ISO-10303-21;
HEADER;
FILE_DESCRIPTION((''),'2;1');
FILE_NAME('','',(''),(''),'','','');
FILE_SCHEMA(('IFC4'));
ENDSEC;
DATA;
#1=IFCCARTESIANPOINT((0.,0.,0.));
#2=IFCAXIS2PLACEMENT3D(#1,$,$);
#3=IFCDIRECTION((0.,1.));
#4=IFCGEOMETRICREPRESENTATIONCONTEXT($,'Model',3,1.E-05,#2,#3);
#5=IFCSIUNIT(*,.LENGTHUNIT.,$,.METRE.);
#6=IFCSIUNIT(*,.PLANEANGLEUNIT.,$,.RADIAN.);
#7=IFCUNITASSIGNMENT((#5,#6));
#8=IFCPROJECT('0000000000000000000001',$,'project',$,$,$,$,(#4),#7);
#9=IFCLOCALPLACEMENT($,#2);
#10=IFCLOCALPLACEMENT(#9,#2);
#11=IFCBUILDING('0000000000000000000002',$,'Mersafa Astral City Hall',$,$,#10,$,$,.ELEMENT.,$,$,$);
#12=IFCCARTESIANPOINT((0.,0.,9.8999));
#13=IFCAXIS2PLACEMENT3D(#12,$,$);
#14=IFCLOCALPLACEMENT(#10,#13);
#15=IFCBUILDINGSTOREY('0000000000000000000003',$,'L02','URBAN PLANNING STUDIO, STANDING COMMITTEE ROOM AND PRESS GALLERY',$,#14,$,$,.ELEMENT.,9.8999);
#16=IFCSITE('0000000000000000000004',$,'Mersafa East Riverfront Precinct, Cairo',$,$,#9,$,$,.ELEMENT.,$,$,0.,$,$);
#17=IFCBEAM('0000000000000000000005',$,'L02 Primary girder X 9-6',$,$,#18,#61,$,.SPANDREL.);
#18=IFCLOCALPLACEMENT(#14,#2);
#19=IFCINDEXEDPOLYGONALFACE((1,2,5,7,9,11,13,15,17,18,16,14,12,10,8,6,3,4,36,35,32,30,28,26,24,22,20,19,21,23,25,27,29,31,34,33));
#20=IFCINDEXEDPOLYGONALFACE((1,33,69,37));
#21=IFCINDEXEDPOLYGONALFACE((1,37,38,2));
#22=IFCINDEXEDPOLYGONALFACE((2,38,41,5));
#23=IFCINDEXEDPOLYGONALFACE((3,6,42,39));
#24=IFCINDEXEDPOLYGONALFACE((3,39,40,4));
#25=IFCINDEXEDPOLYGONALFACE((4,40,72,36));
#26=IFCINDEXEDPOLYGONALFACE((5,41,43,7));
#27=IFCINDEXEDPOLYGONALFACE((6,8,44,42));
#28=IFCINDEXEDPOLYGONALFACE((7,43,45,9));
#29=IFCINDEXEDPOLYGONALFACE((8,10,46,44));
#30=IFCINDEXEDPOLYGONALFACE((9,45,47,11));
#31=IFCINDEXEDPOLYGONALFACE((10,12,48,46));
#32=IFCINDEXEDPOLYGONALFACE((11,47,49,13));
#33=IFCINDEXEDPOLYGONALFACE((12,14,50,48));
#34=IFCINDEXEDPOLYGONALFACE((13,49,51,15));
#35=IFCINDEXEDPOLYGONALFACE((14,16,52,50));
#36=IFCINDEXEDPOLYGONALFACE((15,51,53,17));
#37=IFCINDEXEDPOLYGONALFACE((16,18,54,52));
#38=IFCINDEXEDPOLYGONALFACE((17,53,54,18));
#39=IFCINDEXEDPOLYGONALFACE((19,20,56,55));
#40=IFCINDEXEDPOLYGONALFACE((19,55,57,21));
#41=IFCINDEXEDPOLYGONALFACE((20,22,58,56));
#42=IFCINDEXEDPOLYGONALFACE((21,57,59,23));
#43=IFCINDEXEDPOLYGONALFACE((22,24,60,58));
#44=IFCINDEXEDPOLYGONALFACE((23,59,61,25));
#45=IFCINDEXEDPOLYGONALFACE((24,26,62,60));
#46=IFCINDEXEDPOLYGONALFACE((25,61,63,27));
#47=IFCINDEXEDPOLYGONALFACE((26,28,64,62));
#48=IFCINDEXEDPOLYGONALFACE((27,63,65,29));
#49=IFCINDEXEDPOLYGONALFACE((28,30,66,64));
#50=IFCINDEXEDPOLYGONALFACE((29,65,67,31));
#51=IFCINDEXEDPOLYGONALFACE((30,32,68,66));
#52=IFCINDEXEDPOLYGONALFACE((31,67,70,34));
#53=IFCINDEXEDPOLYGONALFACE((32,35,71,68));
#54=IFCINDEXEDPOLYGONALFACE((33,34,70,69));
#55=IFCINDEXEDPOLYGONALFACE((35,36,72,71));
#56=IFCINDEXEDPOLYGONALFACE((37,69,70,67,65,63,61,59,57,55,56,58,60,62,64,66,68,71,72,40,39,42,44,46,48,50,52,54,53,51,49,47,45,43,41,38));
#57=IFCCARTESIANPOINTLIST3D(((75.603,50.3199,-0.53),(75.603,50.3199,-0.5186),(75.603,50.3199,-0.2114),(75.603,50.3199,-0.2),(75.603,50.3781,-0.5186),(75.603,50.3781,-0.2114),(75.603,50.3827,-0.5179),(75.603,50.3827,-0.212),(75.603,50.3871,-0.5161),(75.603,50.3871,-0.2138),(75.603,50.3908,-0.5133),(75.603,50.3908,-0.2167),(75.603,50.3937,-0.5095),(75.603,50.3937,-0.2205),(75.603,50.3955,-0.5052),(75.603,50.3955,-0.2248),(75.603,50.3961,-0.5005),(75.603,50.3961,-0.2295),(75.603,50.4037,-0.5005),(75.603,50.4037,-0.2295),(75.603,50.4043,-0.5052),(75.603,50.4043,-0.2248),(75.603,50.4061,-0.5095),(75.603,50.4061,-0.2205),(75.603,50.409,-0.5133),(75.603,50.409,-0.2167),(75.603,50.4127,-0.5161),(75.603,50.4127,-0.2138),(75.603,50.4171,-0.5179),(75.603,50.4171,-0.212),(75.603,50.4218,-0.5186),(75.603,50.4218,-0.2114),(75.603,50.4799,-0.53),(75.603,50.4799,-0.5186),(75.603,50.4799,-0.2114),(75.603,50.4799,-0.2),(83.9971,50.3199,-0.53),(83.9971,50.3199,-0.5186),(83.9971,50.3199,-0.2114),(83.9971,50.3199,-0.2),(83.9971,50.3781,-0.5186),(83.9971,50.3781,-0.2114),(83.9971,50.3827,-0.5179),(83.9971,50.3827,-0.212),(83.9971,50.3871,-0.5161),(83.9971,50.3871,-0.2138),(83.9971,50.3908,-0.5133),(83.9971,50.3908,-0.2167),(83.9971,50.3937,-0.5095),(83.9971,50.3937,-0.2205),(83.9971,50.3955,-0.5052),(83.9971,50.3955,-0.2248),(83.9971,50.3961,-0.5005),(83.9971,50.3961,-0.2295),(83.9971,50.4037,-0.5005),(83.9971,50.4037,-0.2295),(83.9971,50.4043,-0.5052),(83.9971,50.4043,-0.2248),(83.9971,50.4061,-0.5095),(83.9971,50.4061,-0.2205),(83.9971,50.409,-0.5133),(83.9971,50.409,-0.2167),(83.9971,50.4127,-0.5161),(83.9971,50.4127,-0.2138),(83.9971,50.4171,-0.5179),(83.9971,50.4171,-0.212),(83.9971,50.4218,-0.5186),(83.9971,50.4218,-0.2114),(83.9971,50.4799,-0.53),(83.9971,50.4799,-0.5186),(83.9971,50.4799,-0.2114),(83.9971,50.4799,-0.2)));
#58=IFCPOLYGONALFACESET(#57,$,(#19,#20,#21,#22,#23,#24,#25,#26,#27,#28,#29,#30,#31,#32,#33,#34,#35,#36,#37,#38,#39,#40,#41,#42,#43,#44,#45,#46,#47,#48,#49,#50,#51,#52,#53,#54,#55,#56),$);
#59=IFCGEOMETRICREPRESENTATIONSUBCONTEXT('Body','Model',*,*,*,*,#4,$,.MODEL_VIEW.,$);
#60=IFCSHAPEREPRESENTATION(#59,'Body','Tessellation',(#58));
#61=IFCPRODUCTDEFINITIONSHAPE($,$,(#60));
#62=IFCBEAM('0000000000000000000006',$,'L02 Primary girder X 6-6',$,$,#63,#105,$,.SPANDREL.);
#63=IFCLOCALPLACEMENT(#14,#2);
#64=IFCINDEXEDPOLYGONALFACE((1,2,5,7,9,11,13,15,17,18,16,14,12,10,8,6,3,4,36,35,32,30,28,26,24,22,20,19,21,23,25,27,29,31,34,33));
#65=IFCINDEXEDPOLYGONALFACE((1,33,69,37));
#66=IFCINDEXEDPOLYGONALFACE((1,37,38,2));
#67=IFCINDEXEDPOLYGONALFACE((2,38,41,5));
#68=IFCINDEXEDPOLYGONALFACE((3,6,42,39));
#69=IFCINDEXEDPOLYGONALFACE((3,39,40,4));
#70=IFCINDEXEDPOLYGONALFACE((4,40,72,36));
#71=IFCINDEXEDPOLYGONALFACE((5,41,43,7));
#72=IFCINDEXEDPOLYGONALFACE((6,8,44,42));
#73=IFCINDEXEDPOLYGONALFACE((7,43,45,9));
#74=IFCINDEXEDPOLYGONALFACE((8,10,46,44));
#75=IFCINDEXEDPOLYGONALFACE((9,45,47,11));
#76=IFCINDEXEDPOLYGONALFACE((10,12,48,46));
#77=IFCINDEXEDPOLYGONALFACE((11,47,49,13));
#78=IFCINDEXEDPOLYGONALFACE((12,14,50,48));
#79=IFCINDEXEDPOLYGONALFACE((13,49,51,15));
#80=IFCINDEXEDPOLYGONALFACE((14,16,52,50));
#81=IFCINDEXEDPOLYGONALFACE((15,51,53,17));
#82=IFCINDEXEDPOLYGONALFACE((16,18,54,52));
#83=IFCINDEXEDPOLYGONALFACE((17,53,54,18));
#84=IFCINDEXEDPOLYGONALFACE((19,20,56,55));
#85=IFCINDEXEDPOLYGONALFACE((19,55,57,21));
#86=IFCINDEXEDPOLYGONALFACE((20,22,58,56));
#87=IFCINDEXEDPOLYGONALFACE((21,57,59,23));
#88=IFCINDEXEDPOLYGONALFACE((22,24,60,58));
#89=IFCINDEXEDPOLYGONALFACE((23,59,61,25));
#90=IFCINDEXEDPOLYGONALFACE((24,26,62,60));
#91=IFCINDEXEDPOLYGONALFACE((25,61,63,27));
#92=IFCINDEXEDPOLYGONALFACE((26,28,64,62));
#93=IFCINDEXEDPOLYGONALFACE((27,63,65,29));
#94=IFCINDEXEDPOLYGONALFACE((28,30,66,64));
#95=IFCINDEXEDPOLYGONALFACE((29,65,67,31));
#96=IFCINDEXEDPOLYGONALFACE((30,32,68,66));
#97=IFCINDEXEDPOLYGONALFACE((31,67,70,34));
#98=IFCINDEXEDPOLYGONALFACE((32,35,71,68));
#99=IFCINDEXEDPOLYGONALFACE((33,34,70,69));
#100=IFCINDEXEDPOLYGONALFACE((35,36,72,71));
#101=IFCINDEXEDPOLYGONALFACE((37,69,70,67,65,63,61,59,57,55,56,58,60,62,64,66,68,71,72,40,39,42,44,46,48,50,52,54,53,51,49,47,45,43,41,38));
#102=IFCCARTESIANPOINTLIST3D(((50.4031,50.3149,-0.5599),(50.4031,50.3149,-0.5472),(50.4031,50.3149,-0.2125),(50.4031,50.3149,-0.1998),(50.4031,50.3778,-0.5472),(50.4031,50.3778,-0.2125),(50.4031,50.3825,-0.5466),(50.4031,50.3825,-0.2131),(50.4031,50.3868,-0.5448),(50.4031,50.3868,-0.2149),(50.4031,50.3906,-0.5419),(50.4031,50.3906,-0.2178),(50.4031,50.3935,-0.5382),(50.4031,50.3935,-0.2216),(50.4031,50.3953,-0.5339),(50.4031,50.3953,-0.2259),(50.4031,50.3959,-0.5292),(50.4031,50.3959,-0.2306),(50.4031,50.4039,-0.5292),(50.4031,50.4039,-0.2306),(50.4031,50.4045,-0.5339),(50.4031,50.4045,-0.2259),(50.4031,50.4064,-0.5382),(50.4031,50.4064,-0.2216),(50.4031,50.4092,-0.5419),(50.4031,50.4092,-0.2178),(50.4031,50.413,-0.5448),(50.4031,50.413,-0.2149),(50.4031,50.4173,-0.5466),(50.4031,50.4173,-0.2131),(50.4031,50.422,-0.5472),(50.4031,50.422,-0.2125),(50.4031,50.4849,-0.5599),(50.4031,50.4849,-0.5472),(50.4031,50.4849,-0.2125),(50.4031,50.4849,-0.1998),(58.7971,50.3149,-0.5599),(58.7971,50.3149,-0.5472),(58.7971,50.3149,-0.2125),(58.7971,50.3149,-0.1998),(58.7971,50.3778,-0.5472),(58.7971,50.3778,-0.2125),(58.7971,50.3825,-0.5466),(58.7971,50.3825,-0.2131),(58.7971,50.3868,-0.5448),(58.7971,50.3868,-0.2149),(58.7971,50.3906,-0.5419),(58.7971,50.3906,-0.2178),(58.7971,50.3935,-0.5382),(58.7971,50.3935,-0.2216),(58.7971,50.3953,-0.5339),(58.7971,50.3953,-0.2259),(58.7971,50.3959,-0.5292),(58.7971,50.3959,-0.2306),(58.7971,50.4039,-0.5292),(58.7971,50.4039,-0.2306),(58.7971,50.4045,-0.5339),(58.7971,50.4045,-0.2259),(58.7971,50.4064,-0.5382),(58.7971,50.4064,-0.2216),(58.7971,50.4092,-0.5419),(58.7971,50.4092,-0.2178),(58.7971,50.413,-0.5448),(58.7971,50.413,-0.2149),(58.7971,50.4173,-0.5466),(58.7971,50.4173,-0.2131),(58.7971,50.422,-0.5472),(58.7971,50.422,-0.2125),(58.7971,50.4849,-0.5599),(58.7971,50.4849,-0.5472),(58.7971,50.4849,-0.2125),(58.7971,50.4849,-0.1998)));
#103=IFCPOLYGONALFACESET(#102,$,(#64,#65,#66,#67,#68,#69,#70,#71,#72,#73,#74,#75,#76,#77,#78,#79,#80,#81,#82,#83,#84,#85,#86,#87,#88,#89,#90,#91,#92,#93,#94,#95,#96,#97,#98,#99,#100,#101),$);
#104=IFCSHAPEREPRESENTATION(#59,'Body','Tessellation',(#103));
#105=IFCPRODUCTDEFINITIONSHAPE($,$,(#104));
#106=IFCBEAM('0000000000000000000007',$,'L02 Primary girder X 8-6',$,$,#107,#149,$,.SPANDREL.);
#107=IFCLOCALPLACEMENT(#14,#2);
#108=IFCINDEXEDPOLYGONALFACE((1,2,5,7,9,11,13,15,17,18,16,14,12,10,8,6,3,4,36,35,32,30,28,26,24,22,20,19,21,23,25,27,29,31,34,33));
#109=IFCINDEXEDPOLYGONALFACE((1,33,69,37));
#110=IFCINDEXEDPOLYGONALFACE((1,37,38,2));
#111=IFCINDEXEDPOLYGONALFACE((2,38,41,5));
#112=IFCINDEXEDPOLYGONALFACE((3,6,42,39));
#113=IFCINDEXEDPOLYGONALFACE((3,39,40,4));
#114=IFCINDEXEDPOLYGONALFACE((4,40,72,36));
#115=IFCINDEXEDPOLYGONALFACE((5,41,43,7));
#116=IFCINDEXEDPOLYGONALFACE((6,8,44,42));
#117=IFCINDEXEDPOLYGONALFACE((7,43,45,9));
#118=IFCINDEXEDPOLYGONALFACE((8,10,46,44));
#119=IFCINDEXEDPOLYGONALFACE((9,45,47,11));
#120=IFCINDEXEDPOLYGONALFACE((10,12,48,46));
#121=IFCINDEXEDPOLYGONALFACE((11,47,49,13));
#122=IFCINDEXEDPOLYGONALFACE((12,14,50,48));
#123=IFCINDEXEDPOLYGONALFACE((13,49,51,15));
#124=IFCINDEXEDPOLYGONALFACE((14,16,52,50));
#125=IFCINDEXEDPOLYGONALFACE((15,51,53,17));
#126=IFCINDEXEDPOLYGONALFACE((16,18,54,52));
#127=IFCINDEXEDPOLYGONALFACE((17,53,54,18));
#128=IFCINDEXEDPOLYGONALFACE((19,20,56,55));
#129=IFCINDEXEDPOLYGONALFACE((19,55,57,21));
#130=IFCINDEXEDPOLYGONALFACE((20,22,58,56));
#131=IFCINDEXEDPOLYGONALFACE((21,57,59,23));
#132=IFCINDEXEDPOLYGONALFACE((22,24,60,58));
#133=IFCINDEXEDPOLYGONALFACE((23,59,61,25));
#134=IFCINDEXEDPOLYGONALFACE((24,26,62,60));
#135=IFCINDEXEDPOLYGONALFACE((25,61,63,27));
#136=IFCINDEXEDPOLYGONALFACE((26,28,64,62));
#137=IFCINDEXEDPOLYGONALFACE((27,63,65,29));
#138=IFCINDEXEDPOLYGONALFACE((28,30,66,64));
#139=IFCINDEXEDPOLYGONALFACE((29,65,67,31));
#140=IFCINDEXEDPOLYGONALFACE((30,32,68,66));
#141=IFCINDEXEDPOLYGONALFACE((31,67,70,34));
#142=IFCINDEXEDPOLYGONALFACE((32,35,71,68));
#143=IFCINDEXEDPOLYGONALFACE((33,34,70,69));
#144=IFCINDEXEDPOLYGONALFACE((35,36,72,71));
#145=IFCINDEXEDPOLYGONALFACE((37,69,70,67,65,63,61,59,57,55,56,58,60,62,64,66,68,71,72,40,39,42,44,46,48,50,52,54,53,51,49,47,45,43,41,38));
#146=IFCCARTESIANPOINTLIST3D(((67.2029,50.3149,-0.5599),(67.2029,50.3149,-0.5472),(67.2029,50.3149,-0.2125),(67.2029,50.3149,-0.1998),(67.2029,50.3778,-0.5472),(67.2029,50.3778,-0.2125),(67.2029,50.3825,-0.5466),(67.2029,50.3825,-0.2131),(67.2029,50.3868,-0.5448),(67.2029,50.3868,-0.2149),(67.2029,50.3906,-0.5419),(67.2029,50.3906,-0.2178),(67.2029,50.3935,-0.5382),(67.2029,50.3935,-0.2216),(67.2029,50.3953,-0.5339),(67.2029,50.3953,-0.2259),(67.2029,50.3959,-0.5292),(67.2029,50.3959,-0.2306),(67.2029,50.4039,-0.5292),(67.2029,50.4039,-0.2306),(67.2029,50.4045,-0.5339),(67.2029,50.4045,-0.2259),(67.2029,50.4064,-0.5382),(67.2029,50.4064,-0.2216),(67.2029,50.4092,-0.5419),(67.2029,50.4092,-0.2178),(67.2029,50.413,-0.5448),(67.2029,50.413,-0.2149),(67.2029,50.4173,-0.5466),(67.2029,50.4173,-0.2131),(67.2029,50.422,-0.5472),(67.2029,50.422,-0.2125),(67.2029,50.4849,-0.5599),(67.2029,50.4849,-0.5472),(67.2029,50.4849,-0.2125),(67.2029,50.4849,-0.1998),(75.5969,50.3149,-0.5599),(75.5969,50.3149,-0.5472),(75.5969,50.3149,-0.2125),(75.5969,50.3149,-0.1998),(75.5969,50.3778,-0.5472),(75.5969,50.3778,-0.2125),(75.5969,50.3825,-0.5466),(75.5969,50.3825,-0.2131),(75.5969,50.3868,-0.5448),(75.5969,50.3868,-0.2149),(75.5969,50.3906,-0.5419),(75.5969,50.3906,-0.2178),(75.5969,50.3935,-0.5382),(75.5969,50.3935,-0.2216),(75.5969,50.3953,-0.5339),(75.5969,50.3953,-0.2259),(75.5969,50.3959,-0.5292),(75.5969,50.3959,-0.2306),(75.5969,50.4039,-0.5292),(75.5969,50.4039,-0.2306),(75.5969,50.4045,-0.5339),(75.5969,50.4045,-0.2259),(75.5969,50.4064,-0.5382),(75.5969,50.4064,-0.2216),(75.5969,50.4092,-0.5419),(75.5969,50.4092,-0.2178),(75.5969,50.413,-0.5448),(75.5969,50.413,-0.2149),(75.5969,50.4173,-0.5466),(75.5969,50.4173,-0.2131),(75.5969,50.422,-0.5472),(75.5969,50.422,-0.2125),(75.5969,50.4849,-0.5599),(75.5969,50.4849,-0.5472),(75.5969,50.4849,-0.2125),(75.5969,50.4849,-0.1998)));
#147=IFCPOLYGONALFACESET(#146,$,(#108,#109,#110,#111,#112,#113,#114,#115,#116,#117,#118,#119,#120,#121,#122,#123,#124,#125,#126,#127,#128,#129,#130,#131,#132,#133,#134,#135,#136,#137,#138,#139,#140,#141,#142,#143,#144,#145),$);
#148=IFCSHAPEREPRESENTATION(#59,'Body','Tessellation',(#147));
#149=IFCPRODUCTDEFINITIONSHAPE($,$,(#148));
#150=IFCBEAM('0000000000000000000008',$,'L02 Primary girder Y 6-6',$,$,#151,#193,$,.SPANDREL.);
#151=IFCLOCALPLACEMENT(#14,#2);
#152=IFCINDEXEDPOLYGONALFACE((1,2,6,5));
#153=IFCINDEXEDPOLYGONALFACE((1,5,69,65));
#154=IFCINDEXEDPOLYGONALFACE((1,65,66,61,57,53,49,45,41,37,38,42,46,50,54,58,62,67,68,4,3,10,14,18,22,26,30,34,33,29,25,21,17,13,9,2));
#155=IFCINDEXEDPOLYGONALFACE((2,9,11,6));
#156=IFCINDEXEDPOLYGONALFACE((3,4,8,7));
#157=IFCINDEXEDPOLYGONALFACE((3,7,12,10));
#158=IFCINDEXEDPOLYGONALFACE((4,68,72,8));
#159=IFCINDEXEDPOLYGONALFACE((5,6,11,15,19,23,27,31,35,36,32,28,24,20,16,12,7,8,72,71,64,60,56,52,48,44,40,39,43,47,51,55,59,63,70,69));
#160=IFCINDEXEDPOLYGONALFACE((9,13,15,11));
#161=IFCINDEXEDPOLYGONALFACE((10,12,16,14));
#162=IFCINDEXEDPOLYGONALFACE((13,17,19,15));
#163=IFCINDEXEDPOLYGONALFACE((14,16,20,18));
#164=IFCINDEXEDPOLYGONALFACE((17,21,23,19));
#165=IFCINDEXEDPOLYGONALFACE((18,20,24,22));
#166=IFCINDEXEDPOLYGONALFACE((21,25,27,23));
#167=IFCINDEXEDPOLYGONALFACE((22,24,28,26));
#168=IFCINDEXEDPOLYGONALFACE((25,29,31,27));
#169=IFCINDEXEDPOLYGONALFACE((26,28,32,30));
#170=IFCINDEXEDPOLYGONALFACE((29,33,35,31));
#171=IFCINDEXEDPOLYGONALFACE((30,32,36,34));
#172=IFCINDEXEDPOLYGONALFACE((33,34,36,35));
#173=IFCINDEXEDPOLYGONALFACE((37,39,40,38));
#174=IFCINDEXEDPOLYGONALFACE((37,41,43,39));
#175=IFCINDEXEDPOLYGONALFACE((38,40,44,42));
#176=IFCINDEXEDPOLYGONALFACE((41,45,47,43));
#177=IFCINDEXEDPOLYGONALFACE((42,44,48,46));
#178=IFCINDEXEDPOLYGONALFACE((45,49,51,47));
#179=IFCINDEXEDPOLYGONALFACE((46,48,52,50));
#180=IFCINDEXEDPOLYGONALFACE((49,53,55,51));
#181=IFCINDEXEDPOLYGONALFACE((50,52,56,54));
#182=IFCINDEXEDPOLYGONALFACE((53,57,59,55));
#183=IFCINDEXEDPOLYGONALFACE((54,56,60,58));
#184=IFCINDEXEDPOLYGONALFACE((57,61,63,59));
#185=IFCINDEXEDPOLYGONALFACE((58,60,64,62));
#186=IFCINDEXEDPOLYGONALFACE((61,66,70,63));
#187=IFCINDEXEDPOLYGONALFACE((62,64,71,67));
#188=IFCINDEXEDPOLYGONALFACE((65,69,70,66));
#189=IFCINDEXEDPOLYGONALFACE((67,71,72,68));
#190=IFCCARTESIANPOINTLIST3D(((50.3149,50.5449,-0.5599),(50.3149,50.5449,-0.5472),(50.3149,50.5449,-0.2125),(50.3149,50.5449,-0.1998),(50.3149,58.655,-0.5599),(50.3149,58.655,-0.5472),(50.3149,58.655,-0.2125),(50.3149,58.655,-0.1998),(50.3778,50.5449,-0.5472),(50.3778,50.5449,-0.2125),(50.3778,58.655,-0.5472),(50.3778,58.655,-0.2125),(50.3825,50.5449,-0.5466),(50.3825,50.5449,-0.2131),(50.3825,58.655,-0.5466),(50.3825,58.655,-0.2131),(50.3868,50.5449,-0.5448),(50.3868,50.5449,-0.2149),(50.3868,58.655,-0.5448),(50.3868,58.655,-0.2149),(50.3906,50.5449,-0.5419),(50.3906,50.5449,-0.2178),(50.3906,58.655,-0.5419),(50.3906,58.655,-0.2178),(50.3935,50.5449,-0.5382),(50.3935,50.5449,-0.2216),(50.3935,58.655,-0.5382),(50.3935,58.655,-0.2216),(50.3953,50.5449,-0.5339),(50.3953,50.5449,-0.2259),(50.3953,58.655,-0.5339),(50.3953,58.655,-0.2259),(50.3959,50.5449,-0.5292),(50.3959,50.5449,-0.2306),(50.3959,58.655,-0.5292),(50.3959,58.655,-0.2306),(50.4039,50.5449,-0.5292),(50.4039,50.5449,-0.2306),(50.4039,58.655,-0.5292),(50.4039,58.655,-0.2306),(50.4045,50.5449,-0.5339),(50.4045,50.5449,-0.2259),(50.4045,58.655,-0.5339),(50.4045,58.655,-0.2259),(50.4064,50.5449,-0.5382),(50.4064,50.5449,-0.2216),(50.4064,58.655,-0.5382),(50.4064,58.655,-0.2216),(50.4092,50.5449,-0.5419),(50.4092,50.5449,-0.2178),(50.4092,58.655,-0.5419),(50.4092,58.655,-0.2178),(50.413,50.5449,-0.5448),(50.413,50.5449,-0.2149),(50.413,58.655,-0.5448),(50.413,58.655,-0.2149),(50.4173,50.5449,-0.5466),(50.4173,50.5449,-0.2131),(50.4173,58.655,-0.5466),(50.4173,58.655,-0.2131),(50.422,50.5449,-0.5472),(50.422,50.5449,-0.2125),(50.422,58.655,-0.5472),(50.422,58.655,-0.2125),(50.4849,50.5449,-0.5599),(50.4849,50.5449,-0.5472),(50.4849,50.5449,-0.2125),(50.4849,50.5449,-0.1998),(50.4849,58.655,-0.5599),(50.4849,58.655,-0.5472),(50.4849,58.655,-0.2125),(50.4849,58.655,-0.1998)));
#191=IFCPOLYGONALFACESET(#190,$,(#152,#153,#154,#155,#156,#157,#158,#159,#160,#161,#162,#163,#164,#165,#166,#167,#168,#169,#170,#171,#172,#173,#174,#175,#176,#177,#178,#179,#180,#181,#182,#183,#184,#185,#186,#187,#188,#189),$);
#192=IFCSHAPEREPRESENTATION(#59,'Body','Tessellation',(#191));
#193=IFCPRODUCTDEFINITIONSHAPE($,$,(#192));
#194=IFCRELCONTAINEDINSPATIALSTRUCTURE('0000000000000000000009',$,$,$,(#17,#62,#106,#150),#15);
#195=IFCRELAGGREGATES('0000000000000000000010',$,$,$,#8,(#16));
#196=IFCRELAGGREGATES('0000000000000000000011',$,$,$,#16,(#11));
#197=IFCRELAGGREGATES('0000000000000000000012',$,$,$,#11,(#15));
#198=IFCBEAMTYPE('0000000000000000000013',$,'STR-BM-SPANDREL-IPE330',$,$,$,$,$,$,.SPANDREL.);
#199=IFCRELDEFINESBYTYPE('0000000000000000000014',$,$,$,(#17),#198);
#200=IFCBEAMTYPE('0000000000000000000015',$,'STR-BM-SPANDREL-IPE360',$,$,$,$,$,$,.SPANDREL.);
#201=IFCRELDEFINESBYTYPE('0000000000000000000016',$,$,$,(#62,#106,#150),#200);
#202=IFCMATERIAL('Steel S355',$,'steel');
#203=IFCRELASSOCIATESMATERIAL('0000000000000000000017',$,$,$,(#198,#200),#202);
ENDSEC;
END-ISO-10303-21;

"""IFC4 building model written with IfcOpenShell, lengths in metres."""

from ifc_helpers import new_model, si_unit, direction, frame, origin, origin_2d, place, context, subcontext, project, spatial, i_section, extrude, material, material_profile, profile_set, type_object, element, save


model = new_model("IFC4")

# Units and contexts
model_context = context("Model", 3, precision=1e-05, world=origin(), true_north=direction((0.0, 1.0)))
body_context = subcontext(model_context, "Body", "Model", "MODEL_VIEW")
ifc_project = project(units=[si_unit("LENGTHUNIT", "METRE"), si_unit("PLANEANGLEUNIT", "RADIAN")], contexts=[model_context])

# Site, building, storey
site_placement = place(None, origin())
site = spatial("IfcSite", under=ifc_project, at=site_placement, Name="Mersafa East Riverfront Precinct, Cairo", CompositionType="ELEMENT", RefElevation=0.0)
building_placement = place(site_placement, origin())
building = spatial("IfcBuilding", under=site, at=building_placement, Name="Mersafa Astral City Hall", CompositionType="ELEMENT")
storey_placement = place(building_placement, frame((0.0, 0.0, 9.8999)))
storey = spatial("IfcBuildingStorey", under=building, at=storey_placement, Name="L02", Description="URBAN PLANNING STUDIO, STANDING COMMITTEE ROOM AND PRESS GALLERY", CompositionType="ELEMENT", Elevation=9.8999)

# Beams
ifc_material_1 = material(Name="Steel S355", Category="steel")
ifc_material_profile_1 = material_profile(ifc_material_1, i_section(OverallWidth=0.1599, OverallDepth=0.3301, WebThickness=0.0076, FlangeThickness=0.0115, FilletRadius=0.0181, at=origin_2d()), Name="IPE 330")
ifc_profile_set_1 = profile_set([ifc_material_profile_1], Name="Steel S355")
beam_type_1 = type_object("IfcBeamType", Name="STR-BM-SPANDREL-IPE330", PredefinedType="SPANDREL", material=ifc_profile_set_1)
for number, where, z_axis, x_axis, name in (
    (1, (75.603, 50.3999, -0.365), (1.0, 0.0, 0.0), (0.0, 1.0, 0.0), "L02 Primary girder X 9-6"),
):
    element("IfcBeam", number, at=place(storey_placement, frame(where, z_axis=z_axis, x_axis=x_axis)), inside=storey, type_object=beam_type_1, Name=name, PredefinedType="SPANDREL", context=body_context, shape_type="SweptSolid", body=[
        extrude(i_section(OverallWidth=0.1599, OverallDepth=0.3301, WebThickness=0.0076, FlangeThickness=0.0115, FilletRadius=0.0181, at=origin_2d()), origin(), (0.0, 0.0, 1.0), 8.394),
    ])
ifc_material_profile_2 = material_profile(ifc_material_1, i_section(OverallWidth=0.1699, OverallDepth=0.3601, WebThickness=0.0081, FlangeThickness=0.0127, FilletRadius=0.0181, at=origin_2d()), Name="IPE 360")
ifc_profile_set_2 = profile_set([ifc_material_profile_2], Name="Steel S355")
beam_type_2 = type_object("IfcBeamType", Name="STR-BM-SPANDREL-IPE360", PredefinedType="SPANDREL", material=ifc_profile_set_2)
for number, where, z_axis, x_axis, name in (
    (2, (50.4031, 50.3999, -0.3799), (1.0, 0.0, 0.0), (0.0, 1.0, 0.0), "L02 Primary girder X 6-6"),
    (3, (67.2029, 50.3999, -0.3799), (1.0, 0.0, 0.0), (0.0, 1.0, 0.0), "L02 Primary girder X 8-6"),
):
    element("IfcBeam", number, at=place(storey_placement, frame(where, z_axis=z_axis, x_axis=x_axis)), inside=storey, type_object=beam_type_2, Name=name, PredefinedType="SPANDREL", context=body_context, shape_type="SweptSolid", body=[
        extrude(i_section(OverallWidth=0.1699, OverallDepth=0.3601, WebThickness=0.0081, FlangeThickness=0.0127, FilletRadius=0.0181, at=origin_2d()), origin(), (0.0, 0.0, 1.0), 8.394),
    ])
for number, where, z_axis, x_axis, name in (
    (4, (50.3999, 50.5449, -0.3799), (0.0, 1.0, 0.0), (-1.0, 0.0, 0.0), "L02 Primary girder Y 6-6"),
):
    element("IfcBeam", number, at=place(storey_placement, frame(where, z_axis=z_axis, x_axis=x_axis)), inside=storey, type_object=beam_type_2, Name=name, PredefinedType="SPANDREL", context=body_context, shape_type="SweptSolid", body=[
        extrude(i_section(OverallWidth=0.1699, OverallDepth=0.3601, WebThickness=0.0081, FlangeThickness=0.0127, FilletRadius=0.0181, at=origin_2d()), origin(), (0.0, 0.0, 1.0), 8.1101),
    ])

save(model, "model.ifc")
